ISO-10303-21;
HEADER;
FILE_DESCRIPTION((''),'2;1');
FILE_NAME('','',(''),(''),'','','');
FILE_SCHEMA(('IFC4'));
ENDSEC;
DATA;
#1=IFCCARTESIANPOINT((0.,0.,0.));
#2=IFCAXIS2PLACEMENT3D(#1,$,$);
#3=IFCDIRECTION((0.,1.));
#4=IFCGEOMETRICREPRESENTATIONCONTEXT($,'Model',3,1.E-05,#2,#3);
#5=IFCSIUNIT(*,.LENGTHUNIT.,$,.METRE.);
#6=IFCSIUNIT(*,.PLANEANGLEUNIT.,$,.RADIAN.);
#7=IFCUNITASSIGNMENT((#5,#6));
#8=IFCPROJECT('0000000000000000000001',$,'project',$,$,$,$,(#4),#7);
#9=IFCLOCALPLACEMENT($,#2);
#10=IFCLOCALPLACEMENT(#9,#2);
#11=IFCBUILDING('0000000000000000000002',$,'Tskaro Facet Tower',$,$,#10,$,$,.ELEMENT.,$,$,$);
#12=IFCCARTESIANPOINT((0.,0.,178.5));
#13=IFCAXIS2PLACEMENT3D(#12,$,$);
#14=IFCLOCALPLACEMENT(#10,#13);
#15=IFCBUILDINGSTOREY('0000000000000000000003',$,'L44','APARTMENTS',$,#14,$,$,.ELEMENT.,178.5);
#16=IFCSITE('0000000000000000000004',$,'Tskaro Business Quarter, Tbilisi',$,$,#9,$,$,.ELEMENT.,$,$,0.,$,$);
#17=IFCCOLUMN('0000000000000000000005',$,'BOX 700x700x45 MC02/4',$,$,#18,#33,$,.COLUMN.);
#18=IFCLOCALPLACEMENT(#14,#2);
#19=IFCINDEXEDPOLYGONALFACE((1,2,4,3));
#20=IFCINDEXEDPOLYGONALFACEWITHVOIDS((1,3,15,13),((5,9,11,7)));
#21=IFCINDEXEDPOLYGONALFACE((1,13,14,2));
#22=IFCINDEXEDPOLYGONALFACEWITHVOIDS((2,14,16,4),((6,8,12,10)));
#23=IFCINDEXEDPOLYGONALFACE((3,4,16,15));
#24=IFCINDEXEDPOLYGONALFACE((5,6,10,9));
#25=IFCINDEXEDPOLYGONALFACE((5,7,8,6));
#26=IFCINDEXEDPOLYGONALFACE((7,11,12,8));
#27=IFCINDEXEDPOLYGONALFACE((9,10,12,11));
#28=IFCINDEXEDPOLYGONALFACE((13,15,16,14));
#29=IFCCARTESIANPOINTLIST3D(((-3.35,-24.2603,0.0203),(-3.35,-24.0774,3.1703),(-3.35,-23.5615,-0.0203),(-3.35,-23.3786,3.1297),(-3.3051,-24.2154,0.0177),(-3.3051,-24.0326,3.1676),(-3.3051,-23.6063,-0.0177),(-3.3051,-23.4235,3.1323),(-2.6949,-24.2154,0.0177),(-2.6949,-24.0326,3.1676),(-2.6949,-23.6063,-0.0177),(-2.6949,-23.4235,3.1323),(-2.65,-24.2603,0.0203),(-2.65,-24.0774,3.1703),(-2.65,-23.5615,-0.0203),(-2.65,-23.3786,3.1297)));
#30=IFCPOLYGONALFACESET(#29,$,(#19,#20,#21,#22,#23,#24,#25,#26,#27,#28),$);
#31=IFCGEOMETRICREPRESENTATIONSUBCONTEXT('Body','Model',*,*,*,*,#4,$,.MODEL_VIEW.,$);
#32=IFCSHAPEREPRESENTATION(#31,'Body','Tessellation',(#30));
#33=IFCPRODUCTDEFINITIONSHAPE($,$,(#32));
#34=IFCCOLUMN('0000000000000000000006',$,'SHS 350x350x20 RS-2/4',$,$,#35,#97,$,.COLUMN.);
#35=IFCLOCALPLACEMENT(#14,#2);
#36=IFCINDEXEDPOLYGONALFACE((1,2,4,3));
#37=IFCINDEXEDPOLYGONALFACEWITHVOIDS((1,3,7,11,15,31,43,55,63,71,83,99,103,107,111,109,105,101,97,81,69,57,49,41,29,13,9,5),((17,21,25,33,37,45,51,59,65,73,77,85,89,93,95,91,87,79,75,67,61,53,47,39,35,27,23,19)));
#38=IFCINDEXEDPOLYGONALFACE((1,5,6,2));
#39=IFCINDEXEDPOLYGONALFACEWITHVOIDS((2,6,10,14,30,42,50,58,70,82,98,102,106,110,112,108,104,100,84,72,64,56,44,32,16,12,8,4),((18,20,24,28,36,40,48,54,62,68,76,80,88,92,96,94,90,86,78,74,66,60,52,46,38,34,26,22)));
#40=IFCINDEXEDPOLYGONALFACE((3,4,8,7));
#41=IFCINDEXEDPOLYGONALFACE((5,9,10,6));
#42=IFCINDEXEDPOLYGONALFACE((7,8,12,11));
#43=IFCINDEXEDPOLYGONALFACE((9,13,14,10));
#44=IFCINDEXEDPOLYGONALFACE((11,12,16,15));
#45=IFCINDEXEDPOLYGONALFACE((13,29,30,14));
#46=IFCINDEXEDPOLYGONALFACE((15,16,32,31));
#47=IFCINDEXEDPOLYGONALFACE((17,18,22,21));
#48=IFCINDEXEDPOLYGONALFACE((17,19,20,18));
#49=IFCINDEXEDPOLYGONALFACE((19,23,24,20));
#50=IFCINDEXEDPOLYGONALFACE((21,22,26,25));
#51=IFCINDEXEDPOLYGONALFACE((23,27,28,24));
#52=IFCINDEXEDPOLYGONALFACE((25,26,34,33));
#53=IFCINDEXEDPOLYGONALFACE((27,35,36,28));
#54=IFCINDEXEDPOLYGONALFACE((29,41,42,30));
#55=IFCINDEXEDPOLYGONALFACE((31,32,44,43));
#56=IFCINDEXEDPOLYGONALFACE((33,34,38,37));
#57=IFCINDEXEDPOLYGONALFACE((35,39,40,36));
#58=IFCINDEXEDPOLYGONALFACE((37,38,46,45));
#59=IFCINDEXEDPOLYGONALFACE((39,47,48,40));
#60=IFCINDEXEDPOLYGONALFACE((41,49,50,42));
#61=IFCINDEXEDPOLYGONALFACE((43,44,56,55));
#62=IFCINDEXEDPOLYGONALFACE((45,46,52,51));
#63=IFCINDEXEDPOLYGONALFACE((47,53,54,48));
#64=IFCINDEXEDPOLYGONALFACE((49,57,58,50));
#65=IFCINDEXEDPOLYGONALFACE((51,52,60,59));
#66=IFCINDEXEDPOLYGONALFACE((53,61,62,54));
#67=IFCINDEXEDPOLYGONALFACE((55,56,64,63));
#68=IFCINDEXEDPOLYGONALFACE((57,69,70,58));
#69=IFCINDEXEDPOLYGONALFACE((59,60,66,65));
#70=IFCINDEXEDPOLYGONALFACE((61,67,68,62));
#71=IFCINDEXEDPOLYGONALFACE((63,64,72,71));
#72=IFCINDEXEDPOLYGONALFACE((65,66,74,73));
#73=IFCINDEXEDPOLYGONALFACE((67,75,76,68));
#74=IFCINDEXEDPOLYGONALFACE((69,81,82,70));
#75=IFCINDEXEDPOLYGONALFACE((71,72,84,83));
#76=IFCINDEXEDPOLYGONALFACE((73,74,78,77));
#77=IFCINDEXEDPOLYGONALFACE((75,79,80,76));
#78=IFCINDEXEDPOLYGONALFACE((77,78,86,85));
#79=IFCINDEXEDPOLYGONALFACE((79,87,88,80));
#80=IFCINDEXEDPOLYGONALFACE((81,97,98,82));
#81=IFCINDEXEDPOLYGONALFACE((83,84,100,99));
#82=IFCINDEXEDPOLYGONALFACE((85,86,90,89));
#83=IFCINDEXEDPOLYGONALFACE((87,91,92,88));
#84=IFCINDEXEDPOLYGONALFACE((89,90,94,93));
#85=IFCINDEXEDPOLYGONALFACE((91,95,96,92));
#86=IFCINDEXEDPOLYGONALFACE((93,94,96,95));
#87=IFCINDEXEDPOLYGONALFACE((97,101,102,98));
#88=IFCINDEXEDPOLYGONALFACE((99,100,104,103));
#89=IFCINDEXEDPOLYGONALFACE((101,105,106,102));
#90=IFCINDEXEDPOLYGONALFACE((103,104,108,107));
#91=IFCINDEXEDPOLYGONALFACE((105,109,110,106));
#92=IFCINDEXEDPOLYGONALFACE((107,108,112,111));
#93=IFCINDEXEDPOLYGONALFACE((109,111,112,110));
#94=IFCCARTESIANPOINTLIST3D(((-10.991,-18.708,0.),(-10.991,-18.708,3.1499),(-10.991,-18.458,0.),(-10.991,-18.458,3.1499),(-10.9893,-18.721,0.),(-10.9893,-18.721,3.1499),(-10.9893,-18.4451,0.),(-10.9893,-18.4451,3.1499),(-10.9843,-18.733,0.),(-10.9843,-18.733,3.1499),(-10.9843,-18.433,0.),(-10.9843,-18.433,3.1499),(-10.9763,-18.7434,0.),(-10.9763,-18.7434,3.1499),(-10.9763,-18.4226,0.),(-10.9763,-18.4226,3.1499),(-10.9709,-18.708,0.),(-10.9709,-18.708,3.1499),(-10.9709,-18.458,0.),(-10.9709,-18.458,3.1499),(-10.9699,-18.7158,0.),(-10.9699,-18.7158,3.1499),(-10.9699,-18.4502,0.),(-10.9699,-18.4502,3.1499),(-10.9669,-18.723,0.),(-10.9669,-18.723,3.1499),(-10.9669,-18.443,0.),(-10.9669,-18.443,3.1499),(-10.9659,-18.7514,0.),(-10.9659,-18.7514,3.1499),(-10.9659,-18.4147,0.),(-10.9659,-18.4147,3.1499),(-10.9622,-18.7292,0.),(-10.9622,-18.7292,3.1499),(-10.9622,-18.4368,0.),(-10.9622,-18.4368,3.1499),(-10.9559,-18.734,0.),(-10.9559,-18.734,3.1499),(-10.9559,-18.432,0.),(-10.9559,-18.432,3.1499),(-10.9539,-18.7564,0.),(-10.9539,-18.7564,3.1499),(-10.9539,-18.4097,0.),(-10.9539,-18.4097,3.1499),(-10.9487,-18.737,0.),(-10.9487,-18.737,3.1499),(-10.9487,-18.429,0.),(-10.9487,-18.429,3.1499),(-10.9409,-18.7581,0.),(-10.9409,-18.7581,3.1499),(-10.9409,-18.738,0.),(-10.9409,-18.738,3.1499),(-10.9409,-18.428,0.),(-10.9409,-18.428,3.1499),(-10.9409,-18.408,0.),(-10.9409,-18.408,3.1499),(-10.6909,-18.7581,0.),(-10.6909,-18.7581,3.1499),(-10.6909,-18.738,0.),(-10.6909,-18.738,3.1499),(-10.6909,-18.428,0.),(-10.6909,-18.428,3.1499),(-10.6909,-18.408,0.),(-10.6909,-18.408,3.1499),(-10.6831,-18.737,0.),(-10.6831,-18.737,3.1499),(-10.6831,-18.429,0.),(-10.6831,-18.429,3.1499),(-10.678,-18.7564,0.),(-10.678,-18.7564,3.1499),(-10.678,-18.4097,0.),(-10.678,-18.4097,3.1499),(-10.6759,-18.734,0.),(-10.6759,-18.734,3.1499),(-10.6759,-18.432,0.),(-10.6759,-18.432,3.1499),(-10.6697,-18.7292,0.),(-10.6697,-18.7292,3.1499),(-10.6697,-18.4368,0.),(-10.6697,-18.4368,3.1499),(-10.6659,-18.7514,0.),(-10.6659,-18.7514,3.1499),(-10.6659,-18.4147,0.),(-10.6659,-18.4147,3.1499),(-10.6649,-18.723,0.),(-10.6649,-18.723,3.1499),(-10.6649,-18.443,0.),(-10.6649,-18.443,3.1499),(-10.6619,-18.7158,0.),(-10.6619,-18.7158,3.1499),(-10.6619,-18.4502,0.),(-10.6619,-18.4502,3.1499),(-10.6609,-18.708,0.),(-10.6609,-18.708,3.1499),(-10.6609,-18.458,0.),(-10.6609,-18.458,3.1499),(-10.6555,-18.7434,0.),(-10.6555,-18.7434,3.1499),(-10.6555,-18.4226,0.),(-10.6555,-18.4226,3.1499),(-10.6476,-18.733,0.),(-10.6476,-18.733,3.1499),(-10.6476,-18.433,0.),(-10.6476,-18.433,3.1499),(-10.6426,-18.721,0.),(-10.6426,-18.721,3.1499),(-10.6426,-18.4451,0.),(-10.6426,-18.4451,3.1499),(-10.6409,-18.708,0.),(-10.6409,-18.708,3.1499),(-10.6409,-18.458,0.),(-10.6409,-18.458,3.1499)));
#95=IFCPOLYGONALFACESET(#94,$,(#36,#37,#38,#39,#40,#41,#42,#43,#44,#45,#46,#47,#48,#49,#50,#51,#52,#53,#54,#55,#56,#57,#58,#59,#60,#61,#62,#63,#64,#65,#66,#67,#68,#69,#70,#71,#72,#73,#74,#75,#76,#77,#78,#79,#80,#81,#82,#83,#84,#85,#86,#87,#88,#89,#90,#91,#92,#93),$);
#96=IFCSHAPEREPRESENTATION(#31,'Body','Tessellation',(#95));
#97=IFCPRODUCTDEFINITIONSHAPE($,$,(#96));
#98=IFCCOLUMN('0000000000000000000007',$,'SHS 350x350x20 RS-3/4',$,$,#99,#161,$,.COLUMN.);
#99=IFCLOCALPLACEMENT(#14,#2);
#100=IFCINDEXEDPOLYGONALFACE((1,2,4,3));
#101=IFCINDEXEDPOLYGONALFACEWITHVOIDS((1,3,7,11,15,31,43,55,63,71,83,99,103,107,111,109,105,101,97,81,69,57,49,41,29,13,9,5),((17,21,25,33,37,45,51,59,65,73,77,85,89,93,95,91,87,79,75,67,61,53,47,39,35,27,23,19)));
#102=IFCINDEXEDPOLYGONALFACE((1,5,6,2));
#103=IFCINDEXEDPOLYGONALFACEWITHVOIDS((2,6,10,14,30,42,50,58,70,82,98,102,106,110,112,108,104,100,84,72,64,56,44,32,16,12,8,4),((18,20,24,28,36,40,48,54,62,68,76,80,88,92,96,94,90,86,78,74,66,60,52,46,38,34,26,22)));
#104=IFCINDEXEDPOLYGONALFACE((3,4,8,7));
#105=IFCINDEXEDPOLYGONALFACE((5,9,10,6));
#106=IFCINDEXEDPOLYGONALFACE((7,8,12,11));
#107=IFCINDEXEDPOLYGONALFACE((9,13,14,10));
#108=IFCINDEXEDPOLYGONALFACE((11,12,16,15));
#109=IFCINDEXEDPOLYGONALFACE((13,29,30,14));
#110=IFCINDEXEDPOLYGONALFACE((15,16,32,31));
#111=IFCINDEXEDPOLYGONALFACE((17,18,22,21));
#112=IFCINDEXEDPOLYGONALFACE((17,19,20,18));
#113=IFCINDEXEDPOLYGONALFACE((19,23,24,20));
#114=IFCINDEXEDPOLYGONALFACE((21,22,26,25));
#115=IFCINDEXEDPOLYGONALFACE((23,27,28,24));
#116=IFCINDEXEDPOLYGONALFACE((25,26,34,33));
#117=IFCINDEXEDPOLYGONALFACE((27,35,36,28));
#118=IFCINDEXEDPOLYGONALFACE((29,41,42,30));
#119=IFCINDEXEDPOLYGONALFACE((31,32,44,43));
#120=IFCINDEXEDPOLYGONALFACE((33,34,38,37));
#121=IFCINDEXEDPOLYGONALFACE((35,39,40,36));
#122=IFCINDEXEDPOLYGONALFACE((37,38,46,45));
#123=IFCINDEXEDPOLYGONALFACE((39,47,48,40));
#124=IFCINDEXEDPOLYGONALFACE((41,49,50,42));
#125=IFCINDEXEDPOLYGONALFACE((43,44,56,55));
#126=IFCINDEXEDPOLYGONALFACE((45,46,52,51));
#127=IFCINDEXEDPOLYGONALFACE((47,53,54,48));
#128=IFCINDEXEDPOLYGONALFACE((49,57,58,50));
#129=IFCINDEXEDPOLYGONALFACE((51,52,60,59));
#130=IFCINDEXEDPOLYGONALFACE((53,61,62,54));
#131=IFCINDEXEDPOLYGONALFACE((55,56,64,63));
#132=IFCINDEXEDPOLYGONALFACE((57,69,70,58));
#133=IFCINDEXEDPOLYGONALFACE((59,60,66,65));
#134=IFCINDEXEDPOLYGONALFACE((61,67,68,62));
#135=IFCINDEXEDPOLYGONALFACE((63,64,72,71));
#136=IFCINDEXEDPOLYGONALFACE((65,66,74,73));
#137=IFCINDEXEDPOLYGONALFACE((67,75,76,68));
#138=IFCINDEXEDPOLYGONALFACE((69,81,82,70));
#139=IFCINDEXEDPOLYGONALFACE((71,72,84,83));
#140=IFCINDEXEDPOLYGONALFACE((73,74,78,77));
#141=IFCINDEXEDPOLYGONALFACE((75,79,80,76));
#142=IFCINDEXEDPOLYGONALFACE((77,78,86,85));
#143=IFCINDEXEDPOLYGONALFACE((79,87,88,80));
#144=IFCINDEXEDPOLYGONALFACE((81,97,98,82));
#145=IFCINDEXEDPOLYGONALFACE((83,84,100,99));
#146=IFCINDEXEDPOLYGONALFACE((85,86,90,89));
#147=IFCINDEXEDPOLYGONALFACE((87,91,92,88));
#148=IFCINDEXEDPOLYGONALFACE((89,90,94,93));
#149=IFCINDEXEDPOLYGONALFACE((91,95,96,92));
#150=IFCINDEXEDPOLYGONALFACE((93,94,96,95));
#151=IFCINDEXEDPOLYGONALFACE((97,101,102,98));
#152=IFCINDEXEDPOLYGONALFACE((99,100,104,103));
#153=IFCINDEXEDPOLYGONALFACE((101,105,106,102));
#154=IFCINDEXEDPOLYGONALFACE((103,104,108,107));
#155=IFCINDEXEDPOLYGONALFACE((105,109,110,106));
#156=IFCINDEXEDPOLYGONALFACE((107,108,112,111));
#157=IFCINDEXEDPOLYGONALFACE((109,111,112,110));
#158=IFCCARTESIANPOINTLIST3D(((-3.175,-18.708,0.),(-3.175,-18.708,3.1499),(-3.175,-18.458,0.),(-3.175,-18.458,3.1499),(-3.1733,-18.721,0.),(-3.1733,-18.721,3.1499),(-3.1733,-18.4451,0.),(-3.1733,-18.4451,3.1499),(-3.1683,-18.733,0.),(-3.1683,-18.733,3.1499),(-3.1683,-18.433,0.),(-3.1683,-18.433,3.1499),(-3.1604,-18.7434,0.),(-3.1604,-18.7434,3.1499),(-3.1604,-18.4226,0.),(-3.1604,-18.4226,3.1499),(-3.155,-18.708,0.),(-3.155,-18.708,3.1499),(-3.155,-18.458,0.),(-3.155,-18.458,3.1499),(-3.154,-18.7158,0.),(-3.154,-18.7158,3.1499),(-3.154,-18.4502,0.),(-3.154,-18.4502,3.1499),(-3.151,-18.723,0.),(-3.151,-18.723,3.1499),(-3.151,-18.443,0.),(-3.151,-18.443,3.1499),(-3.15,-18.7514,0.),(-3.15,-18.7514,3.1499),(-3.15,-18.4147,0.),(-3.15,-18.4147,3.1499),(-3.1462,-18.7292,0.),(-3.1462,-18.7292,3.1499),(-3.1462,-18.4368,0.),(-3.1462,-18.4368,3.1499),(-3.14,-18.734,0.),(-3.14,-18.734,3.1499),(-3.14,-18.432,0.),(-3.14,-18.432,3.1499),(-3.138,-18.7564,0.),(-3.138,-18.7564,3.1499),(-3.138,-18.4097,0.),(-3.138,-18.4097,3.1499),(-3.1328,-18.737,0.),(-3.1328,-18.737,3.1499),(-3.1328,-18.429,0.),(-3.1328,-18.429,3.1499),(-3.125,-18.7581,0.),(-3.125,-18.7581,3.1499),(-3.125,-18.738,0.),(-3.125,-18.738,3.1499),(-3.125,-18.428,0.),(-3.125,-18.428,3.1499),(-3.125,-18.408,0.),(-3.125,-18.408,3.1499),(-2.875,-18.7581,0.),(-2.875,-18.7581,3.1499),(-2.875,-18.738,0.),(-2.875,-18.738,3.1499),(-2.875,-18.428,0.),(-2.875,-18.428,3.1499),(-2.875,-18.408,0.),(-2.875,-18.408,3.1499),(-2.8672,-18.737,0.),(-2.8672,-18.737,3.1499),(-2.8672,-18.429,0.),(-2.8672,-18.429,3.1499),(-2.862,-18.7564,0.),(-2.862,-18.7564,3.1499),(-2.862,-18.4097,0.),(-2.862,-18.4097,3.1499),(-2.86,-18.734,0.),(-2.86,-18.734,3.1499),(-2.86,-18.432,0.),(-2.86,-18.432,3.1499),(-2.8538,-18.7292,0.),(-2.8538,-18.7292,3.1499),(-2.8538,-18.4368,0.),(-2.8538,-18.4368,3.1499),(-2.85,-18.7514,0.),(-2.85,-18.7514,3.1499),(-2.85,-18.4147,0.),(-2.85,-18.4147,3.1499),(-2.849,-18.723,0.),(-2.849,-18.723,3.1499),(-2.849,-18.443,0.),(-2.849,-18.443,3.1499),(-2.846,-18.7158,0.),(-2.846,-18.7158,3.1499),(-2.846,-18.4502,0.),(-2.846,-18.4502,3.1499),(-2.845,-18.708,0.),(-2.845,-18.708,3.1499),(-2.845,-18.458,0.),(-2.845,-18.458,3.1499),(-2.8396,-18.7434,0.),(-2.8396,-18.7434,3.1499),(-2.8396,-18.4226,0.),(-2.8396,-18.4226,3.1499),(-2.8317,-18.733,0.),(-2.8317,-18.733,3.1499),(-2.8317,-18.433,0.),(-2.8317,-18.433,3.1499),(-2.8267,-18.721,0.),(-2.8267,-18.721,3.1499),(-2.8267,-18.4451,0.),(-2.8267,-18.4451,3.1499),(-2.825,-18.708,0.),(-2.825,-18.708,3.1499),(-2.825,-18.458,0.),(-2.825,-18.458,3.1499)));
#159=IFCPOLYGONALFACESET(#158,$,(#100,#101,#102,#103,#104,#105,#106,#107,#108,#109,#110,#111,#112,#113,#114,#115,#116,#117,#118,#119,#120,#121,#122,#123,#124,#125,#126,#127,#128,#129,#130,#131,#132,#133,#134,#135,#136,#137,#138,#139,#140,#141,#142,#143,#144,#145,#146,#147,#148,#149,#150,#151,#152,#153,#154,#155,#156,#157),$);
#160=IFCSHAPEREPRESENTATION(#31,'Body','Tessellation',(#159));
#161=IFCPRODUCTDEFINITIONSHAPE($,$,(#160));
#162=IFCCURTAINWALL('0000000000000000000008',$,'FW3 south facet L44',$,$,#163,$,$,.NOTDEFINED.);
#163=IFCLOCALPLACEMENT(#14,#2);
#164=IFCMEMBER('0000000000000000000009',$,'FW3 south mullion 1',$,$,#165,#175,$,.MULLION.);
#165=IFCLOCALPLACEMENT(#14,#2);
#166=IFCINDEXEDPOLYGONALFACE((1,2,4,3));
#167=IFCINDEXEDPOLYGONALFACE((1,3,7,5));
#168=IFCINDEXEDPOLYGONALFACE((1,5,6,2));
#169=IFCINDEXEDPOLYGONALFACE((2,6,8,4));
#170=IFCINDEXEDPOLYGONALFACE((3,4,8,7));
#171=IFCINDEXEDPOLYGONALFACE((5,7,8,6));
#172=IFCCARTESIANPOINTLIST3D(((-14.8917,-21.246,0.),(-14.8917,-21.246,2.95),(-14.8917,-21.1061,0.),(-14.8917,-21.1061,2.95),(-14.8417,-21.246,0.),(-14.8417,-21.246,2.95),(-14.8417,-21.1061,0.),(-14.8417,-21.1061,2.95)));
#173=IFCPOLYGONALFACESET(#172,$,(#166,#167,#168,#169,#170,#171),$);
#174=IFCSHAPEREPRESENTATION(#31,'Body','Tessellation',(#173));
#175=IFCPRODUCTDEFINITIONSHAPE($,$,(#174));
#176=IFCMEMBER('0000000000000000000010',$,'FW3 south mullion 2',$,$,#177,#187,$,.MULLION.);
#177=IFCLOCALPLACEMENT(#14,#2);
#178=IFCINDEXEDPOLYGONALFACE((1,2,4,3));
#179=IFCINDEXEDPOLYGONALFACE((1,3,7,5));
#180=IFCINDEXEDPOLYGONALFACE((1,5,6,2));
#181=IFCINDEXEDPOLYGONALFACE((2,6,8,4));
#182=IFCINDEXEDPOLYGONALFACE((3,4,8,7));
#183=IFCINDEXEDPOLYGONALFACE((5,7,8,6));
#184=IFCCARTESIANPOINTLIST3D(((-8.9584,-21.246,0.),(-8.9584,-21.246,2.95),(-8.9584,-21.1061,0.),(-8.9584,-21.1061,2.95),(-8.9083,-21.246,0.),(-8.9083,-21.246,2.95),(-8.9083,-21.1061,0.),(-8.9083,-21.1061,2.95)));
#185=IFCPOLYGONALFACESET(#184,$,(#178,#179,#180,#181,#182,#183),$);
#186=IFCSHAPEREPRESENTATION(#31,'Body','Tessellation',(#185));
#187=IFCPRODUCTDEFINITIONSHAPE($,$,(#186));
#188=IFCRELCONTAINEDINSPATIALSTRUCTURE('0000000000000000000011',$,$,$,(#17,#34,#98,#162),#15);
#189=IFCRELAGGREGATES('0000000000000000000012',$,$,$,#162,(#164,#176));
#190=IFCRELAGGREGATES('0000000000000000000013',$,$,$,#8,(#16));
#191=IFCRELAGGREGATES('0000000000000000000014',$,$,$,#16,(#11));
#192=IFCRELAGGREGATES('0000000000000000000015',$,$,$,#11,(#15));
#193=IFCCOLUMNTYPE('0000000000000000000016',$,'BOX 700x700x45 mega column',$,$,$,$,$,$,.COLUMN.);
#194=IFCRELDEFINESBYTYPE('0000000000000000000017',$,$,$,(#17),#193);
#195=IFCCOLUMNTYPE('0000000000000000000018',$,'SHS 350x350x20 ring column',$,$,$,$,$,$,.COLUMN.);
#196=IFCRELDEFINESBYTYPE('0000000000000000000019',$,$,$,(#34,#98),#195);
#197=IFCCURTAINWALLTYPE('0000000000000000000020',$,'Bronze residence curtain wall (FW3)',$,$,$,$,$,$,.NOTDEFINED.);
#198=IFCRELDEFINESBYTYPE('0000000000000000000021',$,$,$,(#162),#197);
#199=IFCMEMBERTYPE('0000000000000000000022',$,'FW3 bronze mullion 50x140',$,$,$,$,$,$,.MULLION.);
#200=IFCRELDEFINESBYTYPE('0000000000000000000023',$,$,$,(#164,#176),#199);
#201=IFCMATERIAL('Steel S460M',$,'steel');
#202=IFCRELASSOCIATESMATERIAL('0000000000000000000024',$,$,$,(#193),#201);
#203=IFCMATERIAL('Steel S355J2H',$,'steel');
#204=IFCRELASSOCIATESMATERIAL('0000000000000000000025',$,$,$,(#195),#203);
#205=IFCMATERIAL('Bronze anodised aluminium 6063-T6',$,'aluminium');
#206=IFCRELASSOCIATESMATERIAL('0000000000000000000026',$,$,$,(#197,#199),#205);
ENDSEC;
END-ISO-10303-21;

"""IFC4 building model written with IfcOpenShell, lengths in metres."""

from ifc_helpers import new_model, si_unit, direction, frame, origin, origin_2d, place, context, subcontext, project, spatial, rectangle, hollow_rectangle, extrude, material, material_profile, profile_set, type_object, element, aggregate, save


model = new_model("IFC4")

# Units and contexts
model_context = context("Model", 3, precision=1e-05, world=origin(), true_north=direction((0.0, 1.0)))
body_context = subcontext(model_context, "Body", "Model", "MODEL_VIEW")
ifc_project = project(units=[si_unit("LENGTHUNIT", "METRE"), si_unit("PLANEANGLEUNIT", "RADIAN")], contexts=[model_context])

# Site, building, storey
site_placement = place(None, origin())
site = spatial("IfcSite", under=ifc_project, at=site_placement, Name="Tskaro Business Quarter, Tbilisi", CompositionType="ELEMENT", RefElevation=0.0)
building_placement = place(site_placement, origin())
building = spatial("IfcBuilding", under=site, at=building_placement, Name="Tskaro Facet Tower", CompositionType="ELEMENT")
storey_placement = place(building_placement, frame((0.0, 0.0, 178.5)))
storey = spatial("IfcBuildingStorey", under=building, at=storey_placement, Name="L44", Description="APARTMENTS", CompositionType="ELEMENT", Elevation=178.5)

# Columns
ifc_material_1 = material(Name="Steel S460M", Category="steel")
ifc_material_profile_1 = material_profile(ifc_material_1, hollow_rectangle(XDim=0.7, YDim=0.7, WallThickness=0.0449, at=origin_2d()), Name="BOX 700x700x45")
ifc_profile_set_1 = profile_set([ifc_material_profile_1], Name="Steel S460M")
column_type_1 = type_object("IfcColumnType", Name="BOX 700x700x45 mega column", PredefinedType="COLUMN", material=ifc_profile_set_1)
column_placement = place(storey_placement, frame((-3.0, -23.9109, 0.0), z_axis=(0.0, 0.057955, 0.998319), x_axis=(-1.0, 0.0, 0.0)))
element("IfcColumn", 1, at=column_placement, inside=storey, type_object=column_type_1, Name="BOX 700x700x45 MC02/4", PredefinedType="COLUMN", context=body_context, shape_type="SweptSolid", body=[
    extrude(hollow_rectangle(XDim=0.7, YDim=0.7, WallThickness=0.0449, at=origin_2d()), origin(), (0.0, 0.0, 1.0), 3.1553),
])
ifc_material_2 = material(Name="Steel S355J2H", Category="steel")
ifc_material_profile_2 = material_profile(ifc_material_2, hollow_rectangle(XDim=0.3501, YDim=0.3501, WallThickness=0.02, InnerFilletRadius=0.03, OuterFilletRadius=0.05, at=origin_2d()), Name="SHS 350x350x20")
ifc_profile_set_2 = profile_set([ifc_material_profile_2], Name="Steel S355J2H")
column_type_2 = type_object("IfcColumnType", Name="SHS 350x350x20 ring column", PredefinedType="COLUMN", material=ifc_profile_set_2)
for number, where, z_axis, x_axis, name in (
    (2, (-10.8159, -18.583, 0.0), (0.0, 0.0, 1.0), (1.0, 0.0, 0.0), "SHS 350x350x20 RS-2/4"),
    (3, (-3.0, -18.583, 0.0), (0.0, 0.0, 1.0), (1.0, 0.0, 0.0), "SHS 350x350x20 RS-3/4"),
):
    element("IfcColumn", number, at=place(storey_placement, frame(where, z_axis=z_axis, x_axis=x_axis)), inside=storey, type_object=column_type_2, Name=name, PredefinedType="COLUMN", context=body_context, shape_type="SweptSolid", body=[
        extrude(hollow_rectangle(XDim=0.3501, YDim=0.3501, WallThickness=0.02, InnerFilletRadius=0.03, OuterFilletRadius=0.05, at=origin_2d()), origin(), (0.0, 0.0, 1.0), 3.1499),
    ])

# Curtain wall, members
ifc_material_3 = material(Name="Bronze anodised aluminium 6063-T6", Category="aluminium")
curtain_wall_type = type_object("IfcCurtainWallType", Name="Bronze residence curtain wall (FW3)", PredefinedType="NOTDEFINED", material=ifc_material_3)
curtain_wall_placement = place(storey_placement, origin())
curtain_wall = element("IfcCurtainWall", 4, at=curtain_wall_placement, inside=storey, type_object=curtain_wall_type, Name="FW3 south facet L44", PredefinedType="NOTDEFINED")
ifc_material_profile_3 = material_profile(ifc_material_3, rectangle(XDim=0.05, YDim=0.1399, at=origin_2d()), Name="Mullion 50x140")
ifc_profile_set_3 = profile_set([ifc_material_profile_3], Name="Bronze anodised aluminium 6063-T6")
member_type_1 = type_object("IfcMemberType", Name="FW3 bronze mullion 50x140", PredefinedType="MULLION", material=ifc_profile_set_3)
member_1_placement = place(storey_placement, frame((-14.8667, -21.176, 0.0), z_axis=(0.0, 0.0, 1.0), x_axis=(1.0, 0.0, 0.0)))
member_1 = element("IfcMember", 5, at=member_1_placement, type_object=member_type_1, Name="FW3 south mullion 1", PredefinedType="MULLION", context=body_context, shape_type="SweptSolid", body=[
    extrude(rectangle(XDim=0.05, YDim=0.1399, at=origin_2d()), origin(), (0.0, 0.0, 1.0), 2.95),
])
member_2_placement = place(storey_placement, frame((-8.9333, -21.176, 0.0), z_axis=(0.0, 0.0, 1.0), x_axis=(1.0, 0.0, 0.0)))
member_2 = element("IfcMember", 6, at=member_2_placement, type_object=member_type_1, Name="FW3 south mullion 2", PredefinedType="MULLION", context=body_context, shape_type="SweptSolid", body=[
    extrude(rectangle(XDim=0.05, YDim=0.1399, at=origin_2d()), origin(), (0.0, 0.0, 1.0), 2.95),
])

aggregate(curtain_wall, [member_1, member_2])

save(model, "model.ifc")
